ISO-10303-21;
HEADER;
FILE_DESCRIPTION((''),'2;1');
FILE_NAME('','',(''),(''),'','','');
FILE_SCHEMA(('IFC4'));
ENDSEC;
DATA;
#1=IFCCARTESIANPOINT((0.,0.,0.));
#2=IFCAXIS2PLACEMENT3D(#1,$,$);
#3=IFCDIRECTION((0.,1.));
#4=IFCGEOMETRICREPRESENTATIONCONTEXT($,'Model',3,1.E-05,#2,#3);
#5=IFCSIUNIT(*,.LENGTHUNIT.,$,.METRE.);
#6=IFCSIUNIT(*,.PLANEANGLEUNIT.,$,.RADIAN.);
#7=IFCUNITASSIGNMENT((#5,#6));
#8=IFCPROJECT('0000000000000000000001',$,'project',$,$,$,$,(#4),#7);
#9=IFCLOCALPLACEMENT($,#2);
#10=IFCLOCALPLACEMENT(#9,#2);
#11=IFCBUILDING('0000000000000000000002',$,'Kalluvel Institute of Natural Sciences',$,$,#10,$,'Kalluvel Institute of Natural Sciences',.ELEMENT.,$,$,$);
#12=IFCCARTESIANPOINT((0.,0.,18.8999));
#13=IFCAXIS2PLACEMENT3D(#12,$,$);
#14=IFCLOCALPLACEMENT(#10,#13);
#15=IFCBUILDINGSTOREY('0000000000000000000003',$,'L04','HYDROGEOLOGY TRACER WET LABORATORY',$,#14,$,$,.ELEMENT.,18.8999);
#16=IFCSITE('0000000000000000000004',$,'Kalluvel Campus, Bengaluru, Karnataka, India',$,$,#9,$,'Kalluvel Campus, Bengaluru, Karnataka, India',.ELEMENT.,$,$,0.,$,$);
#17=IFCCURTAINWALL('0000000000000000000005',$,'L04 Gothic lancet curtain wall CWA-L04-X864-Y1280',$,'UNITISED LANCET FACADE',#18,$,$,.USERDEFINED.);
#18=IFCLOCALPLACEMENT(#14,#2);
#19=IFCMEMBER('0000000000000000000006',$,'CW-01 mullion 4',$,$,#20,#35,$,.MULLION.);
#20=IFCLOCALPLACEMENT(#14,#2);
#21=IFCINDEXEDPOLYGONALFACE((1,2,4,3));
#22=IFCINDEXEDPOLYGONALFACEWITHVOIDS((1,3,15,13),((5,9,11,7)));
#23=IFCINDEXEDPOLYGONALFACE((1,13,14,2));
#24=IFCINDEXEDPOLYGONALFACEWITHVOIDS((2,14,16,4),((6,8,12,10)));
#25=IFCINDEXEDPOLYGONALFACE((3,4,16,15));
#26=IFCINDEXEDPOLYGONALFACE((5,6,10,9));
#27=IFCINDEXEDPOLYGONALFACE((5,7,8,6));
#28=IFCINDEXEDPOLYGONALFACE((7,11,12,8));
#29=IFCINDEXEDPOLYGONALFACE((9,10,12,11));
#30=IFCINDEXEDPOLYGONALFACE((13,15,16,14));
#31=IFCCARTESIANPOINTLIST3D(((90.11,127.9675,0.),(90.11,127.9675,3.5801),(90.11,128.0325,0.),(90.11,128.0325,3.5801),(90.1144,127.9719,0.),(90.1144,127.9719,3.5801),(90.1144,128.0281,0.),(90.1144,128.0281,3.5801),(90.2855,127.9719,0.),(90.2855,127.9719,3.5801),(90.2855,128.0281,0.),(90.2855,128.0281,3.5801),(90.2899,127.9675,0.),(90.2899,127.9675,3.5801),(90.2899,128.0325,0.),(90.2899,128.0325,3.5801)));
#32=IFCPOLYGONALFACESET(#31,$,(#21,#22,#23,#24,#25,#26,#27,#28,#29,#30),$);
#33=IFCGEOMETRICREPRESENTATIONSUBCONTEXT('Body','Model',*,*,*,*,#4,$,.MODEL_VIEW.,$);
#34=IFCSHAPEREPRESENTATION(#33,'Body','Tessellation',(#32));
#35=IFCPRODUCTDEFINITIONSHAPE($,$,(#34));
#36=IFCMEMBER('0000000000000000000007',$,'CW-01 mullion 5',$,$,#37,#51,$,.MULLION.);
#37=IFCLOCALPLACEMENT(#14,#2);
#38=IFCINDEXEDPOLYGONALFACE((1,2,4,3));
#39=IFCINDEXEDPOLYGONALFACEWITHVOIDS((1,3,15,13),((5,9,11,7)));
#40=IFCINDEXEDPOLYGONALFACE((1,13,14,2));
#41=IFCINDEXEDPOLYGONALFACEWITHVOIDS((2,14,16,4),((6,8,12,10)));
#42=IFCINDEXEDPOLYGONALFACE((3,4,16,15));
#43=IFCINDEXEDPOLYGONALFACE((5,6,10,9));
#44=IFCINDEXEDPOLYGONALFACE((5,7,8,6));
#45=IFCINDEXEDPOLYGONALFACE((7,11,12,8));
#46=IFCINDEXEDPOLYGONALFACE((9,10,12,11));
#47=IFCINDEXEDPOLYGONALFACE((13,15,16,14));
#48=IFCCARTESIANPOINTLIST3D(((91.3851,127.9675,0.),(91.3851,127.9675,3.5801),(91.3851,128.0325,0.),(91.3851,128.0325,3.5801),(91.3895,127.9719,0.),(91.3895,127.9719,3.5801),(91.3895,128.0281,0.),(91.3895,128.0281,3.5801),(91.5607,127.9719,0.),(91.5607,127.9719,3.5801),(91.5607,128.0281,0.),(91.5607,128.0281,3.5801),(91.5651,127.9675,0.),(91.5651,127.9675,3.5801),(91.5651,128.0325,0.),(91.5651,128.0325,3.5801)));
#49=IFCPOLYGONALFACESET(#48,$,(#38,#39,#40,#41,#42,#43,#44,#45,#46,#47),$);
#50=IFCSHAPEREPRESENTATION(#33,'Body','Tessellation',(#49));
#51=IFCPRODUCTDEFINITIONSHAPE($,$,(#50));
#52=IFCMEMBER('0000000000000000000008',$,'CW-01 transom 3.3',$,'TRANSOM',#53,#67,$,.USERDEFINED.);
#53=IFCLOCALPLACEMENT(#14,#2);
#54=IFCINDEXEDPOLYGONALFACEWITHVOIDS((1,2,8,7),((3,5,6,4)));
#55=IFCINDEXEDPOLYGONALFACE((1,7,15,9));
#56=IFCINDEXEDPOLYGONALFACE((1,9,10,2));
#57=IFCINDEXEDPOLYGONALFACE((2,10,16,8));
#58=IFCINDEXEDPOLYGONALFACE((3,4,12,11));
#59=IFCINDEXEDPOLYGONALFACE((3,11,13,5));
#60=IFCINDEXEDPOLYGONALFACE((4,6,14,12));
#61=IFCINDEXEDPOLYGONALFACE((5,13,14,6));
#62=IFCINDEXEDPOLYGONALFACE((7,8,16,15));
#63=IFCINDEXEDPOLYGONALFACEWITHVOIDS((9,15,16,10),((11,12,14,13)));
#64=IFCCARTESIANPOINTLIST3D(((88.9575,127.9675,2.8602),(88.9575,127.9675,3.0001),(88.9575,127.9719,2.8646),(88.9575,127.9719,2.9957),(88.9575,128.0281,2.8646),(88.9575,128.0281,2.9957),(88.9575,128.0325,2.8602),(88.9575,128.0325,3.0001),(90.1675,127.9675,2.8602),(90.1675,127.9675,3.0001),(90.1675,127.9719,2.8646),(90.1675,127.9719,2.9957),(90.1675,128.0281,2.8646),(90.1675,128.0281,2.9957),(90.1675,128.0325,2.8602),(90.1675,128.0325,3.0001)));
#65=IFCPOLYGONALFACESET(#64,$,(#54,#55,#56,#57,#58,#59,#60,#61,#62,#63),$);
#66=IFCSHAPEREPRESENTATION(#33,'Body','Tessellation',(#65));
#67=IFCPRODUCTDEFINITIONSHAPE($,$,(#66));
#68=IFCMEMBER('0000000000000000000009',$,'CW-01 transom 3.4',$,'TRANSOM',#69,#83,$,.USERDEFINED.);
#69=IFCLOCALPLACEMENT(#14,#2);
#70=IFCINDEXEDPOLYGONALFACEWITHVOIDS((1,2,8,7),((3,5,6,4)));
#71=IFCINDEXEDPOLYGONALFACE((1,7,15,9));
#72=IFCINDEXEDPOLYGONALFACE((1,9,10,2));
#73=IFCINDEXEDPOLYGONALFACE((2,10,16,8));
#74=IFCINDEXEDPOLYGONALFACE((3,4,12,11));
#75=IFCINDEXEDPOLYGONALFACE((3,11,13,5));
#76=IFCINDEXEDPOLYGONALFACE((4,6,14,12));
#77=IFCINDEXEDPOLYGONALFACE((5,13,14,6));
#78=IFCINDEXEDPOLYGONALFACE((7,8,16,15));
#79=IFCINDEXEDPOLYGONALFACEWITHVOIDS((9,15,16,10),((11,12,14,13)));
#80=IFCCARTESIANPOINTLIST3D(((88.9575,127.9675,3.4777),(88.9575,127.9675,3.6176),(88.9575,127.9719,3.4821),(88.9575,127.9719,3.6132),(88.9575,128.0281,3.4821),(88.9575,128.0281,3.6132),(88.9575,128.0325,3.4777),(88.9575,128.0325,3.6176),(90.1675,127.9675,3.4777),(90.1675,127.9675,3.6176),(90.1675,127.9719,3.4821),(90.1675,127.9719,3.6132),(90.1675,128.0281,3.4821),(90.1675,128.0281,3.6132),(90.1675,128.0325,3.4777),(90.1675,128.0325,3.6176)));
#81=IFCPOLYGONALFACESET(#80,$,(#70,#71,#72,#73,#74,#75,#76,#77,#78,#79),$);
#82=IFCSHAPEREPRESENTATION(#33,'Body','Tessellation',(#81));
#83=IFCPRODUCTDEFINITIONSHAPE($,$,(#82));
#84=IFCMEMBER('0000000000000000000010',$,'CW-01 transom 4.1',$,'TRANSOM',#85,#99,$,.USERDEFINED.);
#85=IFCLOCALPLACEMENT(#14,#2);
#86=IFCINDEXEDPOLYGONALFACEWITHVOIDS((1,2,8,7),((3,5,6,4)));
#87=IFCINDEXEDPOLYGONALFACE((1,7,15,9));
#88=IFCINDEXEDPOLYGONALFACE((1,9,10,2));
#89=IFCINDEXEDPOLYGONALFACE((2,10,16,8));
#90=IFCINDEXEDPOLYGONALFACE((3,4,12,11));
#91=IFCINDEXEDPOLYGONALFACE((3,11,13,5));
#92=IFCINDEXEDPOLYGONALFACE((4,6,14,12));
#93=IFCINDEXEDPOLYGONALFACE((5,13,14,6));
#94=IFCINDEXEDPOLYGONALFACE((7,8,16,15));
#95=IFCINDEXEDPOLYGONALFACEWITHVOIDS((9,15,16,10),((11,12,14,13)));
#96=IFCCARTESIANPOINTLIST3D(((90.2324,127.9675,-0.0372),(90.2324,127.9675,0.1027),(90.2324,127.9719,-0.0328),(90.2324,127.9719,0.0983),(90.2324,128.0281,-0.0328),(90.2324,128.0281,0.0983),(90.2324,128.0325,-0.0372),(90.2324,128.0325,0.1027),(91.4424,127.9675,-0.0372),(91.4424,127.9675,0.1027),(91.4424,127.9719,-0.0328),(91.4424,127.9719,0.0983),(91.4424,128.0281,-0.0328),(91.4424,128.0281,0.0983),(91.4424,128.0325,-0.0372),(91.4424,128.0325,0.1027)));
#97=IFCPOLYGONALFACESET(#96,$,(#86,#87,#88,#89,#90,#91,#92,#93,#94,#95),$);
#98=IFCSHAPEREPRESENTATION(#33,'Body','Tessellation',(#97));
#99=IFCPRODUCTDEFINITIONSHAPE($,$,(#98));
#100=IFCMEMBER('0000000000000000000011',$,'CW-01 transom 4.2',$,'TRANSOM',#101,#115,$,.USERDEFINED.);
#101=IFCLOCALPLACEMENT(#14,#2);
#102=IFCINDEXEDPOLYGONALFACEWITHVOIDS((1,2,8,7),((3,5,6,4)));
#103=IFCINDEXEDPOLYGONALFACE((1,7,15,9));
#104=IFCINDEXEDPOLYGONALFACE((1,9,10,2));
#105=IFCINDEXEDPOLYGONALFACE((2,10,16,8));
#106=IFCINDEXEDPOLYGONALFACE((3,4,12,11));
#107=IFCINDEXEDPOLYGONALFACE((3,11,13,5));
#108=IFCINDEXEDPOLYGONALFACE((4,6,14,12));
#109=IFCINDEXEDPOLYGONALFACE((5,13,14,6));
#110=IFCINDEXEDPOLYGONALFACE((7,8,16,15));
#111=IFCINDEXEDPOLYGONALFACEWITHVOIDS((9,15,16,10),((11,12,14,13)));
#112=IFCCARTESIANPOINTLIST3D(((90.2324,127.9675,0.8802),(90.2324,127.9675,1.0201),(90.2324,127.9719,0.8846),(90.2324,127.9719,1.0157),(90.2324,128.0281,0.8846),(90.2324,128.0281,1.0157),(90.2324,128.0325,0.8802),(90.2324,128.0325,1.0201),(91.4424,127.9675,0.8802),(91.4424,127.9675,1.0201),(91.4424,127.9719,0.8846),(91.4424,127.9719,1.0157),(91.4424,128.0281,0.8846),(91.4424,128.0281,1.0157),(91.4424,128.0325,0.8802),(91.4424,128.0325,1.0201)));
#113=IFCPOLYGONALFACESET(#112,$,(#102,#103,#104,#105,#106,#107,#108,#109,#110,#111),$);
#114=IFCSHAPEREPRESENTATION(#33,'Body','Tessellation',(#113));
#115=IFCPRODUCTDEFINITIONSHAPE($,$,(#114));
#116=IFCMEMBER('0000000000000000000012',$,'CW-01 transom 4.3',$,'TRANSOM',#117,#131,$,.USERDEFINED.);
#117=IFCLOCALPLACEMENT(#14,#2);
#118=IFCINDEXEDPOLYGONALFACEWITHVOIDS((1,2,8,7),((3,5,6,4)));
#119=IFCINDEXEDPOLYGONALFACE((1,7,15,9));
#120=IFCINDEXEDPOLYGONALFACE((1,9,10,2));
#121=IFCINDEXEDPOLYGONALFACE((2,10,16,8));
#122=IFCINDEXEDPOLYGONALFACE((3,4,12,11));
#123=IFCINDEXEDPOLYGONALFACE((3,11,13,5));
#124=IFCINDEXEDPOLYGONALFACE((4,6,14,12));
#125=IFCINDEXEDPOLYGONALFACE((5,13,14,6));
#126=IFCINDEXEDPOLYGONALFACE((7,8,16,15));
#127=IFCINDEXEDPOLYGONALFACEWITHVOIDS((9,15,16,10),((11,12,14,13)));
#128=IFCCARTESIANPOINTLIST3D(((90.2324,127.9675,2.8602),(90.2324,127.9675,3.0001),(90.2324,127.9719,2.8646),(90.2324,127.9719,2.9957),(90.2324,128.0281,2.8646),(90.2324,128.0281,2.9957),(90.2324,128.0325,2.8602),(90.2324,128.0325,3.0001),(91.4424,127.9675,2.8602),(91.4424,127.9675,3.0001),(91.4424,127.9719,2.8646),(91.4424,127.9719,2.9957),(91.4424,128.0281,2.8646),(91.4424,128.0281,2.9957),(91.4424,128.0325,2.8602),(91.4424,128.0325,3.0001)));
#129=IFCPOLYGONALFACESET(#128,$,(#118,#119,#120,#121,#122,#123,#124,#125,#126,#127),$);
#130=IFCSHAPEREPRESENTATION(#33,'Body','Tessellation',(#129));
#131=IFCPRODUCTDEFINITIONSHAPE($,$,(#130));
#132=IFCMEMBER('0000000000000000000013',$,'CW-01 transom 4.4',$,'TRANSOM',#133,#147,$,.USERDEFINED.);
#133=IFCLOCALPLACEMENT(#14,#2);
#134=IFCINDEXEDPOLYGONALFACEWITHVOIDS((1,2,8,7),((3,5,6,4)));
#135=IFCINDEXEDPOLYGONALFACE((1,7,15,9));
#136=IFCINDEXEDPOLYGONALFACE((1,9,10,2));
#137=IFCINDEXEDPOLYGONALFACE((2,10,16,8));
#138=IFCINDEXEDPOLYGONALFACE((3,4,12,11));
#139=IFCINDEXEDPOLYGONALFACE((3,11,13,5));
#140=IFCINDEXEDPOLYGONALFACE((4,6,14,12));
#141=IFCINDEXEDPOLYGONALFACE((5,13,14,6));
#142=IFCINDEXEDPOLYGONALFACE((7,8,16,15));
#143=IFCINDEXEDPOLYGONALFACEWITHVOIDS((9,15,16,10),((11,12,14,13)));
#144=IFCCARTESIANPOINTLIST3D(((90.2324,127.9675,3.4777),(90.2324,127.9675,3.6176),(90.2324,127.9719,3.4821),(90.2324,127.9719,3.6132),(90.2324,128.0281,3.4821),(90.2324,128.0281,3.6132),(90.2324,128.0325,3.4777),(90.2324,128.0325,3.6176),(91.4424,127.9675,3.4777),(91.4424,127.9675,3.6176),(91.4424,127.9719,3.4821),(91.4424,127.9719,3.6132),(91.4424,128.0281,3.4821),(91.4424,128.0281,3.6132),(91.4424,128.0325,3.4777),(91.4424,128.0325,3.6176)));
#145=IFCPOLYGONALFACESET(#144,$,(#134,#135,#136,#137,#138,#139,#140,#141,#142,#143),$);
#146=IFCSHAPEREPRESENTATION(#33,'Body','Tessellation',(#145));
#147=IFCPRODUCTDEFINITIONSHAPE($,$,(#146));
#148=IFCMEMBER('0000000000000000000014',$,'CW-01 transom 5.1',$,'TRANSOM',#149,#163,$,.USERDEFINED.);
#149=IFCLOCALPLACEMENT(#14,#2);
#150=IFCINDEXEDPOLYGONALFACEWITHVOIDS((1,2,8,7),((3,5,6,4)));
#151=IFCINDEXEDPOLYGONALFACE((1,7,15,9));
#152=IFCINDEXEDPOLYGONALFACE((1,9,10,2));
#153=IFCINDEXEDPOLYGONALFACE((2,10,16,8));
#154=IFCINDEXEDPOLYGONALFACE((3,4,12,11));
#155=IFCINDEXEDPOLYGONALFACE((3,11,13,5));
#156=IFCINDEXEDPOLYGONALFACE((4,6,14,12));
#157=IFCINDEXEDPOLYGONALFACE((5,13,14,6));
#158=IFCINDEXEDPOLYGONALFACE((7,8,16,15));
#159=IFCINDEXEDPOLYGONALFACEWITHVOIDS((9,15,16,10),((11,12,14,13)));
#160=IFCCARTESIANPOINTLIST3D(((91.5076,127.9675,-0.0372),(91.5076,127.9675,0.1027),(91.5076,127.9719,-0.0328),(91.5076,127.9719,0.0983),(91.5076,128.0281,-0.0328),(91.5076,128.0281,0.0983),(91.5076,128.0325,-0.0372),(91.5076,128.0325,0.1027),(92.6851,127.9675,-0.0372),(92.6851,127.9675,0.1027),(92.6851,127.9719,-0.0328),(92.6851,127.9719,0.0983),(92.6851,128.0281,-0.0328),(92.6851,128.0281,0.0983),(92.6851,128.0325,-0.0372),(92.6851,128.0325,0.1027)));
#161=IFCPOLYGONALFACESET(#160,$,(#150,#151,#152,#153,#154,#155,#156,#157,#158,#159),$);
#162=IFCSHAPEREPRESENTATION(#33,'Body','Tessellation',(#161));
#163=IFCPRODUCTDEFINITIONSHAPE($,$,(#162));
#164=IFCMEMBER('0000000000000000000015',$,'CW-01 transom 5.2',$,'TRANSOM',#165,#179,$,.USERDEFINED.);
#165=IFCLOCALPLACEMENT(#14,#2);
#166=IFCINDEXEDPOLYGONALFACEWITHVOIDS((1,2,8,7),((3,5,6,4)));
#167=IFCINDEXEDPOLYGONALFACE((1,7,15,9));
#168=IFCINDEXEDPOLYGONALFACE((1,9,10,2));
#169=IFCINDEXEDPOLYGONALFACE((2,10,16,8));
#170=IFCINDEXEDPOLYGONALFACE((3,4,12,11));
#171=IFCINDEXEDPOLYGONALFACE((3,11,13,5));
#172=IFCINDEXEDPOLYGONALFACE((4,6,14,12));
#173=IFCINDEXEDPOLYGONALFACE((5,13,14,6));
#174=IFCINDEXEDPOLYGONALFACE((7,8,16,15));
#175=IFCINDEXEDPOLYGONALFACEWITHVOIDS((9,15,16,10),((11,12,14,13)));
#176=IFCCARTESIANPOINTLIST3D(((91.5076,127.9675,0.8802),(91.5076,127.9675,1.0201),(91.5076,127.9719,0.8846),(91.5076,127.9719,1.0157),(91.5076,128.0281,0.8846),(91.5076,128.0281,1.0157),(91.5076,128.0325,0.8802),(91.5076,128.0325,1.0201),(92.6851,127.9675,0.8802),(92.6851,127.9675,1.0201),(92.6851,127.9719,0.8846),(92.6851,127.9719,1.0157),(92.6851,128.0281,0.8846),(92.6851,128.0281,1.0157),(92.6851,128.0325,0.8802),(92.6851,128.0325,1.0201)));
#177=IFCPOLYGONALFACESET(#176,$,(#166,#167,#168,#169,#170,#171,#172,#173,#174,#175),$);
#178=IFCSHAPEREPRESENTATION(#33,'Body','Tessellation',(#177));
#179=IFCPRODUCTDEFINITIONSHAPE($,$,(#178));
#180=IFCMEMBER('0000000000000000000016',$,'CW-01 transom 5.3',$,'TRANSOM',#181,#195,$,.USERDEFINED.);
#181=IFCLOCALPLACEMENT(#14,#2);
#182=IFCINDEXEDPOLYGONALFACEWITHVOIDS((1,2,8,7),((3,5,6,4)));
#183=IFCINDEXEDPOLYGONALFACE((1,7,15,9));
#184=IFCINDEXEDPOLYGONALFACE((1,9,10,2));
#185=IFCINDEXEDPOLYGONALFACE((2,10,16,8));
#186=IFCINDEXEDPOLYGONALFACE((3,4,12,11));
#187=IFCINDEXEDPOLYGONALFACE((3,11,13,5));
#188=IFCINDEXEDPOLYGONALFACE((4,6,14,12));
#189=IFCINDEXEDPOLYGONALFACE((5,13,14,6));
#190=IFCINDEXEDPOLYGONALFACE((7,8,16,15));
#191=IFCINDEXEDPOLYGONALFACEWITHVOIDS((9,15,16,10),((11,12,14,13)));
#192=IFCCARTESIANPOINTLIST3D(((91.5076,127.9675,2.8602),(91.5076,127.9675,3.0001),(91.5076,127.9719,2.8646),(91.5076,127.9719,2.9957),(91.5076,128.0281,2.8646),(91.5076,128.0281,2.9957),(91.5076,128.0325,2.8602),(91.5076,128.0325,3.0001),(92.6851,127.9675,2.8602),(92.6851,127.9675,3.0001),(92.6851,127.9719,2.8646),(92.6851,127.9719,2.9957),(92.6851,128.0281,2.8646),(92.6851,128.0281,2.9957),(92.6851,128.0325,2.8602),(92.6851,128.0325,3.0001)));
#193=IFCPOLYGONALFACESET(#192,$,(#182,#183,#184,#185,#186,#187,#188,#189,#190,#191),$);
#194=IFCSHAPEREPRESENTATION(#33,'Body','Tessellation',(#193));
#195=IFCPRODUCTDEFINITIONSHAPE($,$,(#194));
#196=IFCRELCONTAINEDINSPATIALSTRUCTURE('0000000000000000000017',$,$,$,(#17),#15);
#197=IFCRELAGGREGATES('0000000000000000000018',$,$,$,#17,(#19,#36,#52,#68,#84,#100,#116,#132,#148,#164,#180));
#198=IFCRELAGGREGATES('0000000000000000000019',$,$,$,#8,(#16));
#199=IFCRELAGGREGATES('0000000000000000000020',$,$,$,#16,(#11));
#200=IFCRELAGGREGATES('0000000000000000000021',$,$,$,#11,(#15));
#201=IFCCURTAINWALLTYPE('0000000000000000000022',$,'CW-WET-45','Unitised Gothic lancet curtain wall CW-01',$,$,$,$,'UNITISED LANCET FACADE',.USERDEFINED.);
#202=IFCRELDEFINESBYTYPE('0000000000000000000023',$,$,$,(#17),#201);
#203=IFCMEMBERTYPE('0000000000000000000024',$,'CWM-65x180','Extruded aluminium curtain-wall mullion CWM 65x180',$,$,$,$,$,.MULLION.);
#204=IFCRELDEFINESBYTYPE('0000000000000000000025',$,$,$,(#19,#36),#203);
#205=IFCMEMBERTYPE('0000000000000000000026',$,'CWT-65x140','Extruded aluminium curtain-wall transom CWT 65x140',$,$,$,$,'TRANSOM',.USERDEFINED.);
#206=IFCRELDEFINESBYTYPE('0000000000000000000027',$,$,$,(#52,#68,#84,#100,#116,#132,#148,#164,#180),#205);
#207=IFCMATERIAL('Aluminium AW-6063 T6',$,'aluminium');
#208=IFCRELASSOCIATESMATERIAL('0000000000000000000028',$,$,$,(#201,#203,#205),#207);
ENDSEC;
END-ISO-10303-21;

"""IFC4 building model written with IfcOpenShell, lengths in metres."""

from ifc_helpers import new_model, si_unit, direction, frame, origin, origin_2d, place, context, subcontext, project, spatial, hollow_rectangle, extrude, material, material_profile, profile_set, type_object, element, aggregate, save


model = new_model("IFC4")

# Units and contexts
model_context = context("Model", 3, precision=1e-05, world=origin(), true_north=direction((0.0, 1.0)))
body_context = subcontext(model_context, "Body", "Model", "MODEL_VIEW")
ifc_project = project(units=[si_unit("LENGTHUNIT", "METRE"), si_unit("PLANEANGLEUNIT", "RADIAN")], contexts=[model_context])

# Site, building, storey
site_placement = place(None, origin())
site = spatial("IfcSite", under=ifc_project, at=site_placement, Name="Kalluvel Campus, Bengaluru, Karnataka, India", LongName="Kalluvel Campus, Bengaluru, Karnataka, India", CompositionType="ELEMENT", RefElevation=0.0)
building_placement = place(site_placement, origin())
building = spatial("IfcBuilding", under=site, at=building_placement, Name="Kalluvel Institute of Natural Sciences", LongName="Kalluvel Institute of Natural Sciences", CompositionType="ELEMENT")
storey_placement = place(building_placement, frame((0.0, 0.0, 18.8999)))
storey = spatial("IfcBuildingStorey", under=building, at=storey_placement, Name="L04", Description="HYDROGEOLOGY TRACER WET LABORATORY", CompositionType="ELEMENT", Elevation=18.8999)

# Curtain wall, members
ifc_material_1 = material(Name="Aluminium AW-6063 T6", Category="aluminium")
curtain_wall_type = type_object("IfcCurtainWallType", Name="CW-WET-45", Description="Unitised Gothic lancet curtain wall CW-01", ElementType="UNITISED LANCET FACADE", PredefinedType="USERDEFINED", material=ifc_material_1)
curtain_wall_placement = place(storey_placement, origin())
curtain_wall = element("IfcCurtainWall", 1, at=curtain_wall_placement, inside=storey, type_object=curtain_wall_type, Name="L04 Gothic lancet curtain wall CWA-L04-X864-Y1280", ObjectType="UNITISED LANCET FACADE", PredefinedType="USERDEFINED")
ifc_material_profile_1 = material_profile(ifc_material_1, hollow_rectangle(XDim=0.0649, YDim=0.1799, WallThickness=0.0044, at=origin_2d()), Name="CWM 65x180")
ifc_profile_set_1 = profile_set([ifc_material_profile_1], Name="Aluminium AW-6063 T6")
member_type_1 = type_object("IfcMemberType", Name="CWM-65x180", Description="Extruded aluminium curtain-wall mullion CWM 65x180", PredefinedType="MULLION", material=ifc_profile_set_1)
member_1_placement = place(storey_placement, frame((90.2, 128.0, 0.0), z_axis=(0.0, 0.0, 1.0), x_axis=(0.0, 1.0, 0.0)))
member_1 = element("IfcMember", 2, at=member_1_placement, type_object=member_type_1, Name="CW-01 mullion 4", PredefinedType="MULLION", context=body_context, shape_type="SweptSolid", body=[
    extrude(hollow_rectangle(XDim=0.0649, YDim=0.1799, WallThickness=0.0044, at=origin_2d()), origin(), (0.0, 0.0, 1.0), 3.5801),
])
member_2_placement = place(storey_placement, frame((91.4751, 128.0, 0.0), z_axis=(0.0, 0.0, 1.0), x_axis=(0.0, 1.0, 0.0)))
member_2 = element("IfcMember", 3, at=member_2_placement, type_object=member_type_1, Name="CW-01 mullion 5", PredefinedType="MULLION", context=body_context, shape_type="SweptSolid", body=[
    extrude(hollow_rectangle(XDim=0.0649, YDim=0.1799, WallThickness=0.0044, at=origin_2d()), origin(), (0.0, 0.0, 1.0), 3.5801),
])
ifc_material_profile_2 = material_profile(ifc_material_1, hollow_rectangle(XDim=0.0649, YDim=0.1399, WallThickness=0.0044, at=origin_2d()), Name="CWT 65x140")
ifc_profile_set_2 = profile_set([ifc_material_profile_2], Name="Aluminium AW-6063 T6")
member_type_2 = type_object("IfcMemberType", Name="CWT-65x140", Description="Extruded aluminium curtain-wall transom CWT 65x140", ElementType="TRANSOM", PredefinedType="USERDEFINED", material=ifc_profile_set_2)
member_3_placement = place(storey_placement, frame((88.9575, 128.0, 2.9302), z_axis=(1.0, 0.0, 0.0), x_axis=(0.0, 1.0, 0.0)))
member_3 = element("IfcMember", 4, at=member_3_placement, type_object=member_type_2, Name="CW-01 transom 3.3", ObjectType="TRANSOM", PredefinedType="USERDEFINED", context=body_context, shape_type="SweptSolid", body=[
    extrude(hollow_rectangle(XDim=0.0649, YDim=0.1399, WallThickness=0.0044, at=origin_2d()), origin(), (0.0, 0.0, 1.0), 1.21),
])
member_4_placement = place(storey_placement, frame((88.9575, 128.0, 3.5476), z_axis=(1.0, 0.0, 0.0), x_axis=(0.0, 1.0, 0.0)))
member_4 = element("IfcMember", 5, at=member_4_placement, type_object=member_type_2, Name="CW-01 transom 3.4", ObjectType="TRANSOM", PredefinedType="USERDEFINED", context=body_context, shape_type="SweptSolid", body=[
    extrude(hollow_rectangle(XDim=0.0649, YDim=0.1399, WallThickness=0.0044, at=origin_2d()), origin(), (0.0, 0.0, 1.0), 1.21),
])
member_5_placement = place(storey_placement, frame((90.2324, 128.0, 0.0327), z_axis=(1.0, 0.0, 0.0), x_axis=(0.0, 1.0, 0.0)))
member_5 = element("IfcMember", 6, at=member_5_placement, type_object=member_type_2, Name="CW-01 transom 4.1", ObjectType="TRANSOM", PredefinedType="USERDEFINED", context=body_context, shape_type="SweptSolid", body=[
    extrude(hollow_rectangle(XDim=0.0649, YDim=0.1399, WallThickness=0.0044, at=origin_2d()), origin(), (0.0, 0.0, 1.0), 1.21),
])
member_6_placement = place(storey_placement, frame((90.2324, 128.0, 0.9502), z_axis=(1.0, 0.0, 0.0), x_axis=(0.0, 1.0, 0.0)))
member_6 = element("IfcMember", 7, at=member_6_placement, type_object=member_type_2, Name="CW-01 transom 4.2", ObjectType="TRANSOM", PredefinedType="USERDEFINED", context=body_context, shape_type="SweptSolid", body=[
    extrude(hollow_rectangle(XDim=0.0649, YDim=0.1399, WallThickness=0.0044, at=origin_2d()), origin(), (0.0, 0.0, 1.0), 1.21),
])
member_7_placement = place(storey_placement, frame((90.2324, 128.0, 2.9302), z_axis=(1.0, 0.0, 0.0), x_axis=(0.0, 1.0, 0.0)))
member_7 = element("IfcMember", 8, at=member_7_placement, type_object=member_type_2, Name="CW-01 transom 4.3", ObjectType="TRANSOM", PredefinedType="USERDEFINED", context=body_context, shape_type="SweptSolid", body=[
    extrude(hollow_rectangle(XDim=0.0649, YDim=0.1399, WallThickness=0.0044, at=origin_2d()), origin(), (0.0, 0.0, 1.0), 1.21),
])
member_8_placement = place(storey_placement, frame((90.2324, 128.0, 3.5476), z_axis=(1.0, 0.0, 0.0), x_axis=(0.0, 1.0, 0.0)))
member_8 = element("IfcMember", 9, at=member_8_placement, type_object=member_type_2, Name="CW-01 transom 4.4", ObjectType="TRANSOM", PredefinedType="USERDEFINED", context=body_context, shape_type="SweptSolid", body=[
    extrude(hollow_rectangle(XDim=0.0649, YDim=0.1399, WallThickness=0.0044, at=origin_2d()), origin(), (0.0, 0.0, 1.0), 1.21),
])
member_9_placement = place(storey_placement, frame((91.5076, 128.0, 0.0327), z_axis=(1.0, 0.0, 0.0), x_axis=(0.0, 1.0, 0.0)))
member_9 = element("IfcMember", 10, at=member_9_placement, type_object=member_type_2, Name="CW-01 transom 5.1", ObjectType="TRANSOM", PredefinedType="USERDEFINED", context=body_context, shape_type="SweptSolid", body=[
    extrude(hollow_rectangle(XDim=0.0649, YDim=0.1399, WallThickness=0.0044, at=origin_2d()), origin(), (0.0, 0.0, 1.0), 1.1775),
])
member_10_placement = place(storey_placement, frame((91.5076, 128.0, 0.9502), z_axis=(1.0, 0.0, 0.0), x_axis=(0.0, 1.0, 0.0)))
member_10 = element("IfcMember", 11, at=member_10_placement, type_object=member_type_2, Name="CW-01 transom 5.2", ObjectType="TRANSOM", PredefinedType="USERDEFINED", context=body_context, shape_type="SweptSolid", body=[
    extrude(hollow_rectangle(XDim=0.0649, YDim=0.1399, WallThickness=0.0044, at=origin_2d()), origin(), (0.0, 0.0, 1.0), 1.1775),
])
member_11_placement = place(storey_placement, frame((91.5076, 128.0, 2.9302), z_axis=(1.0, 0.0, 0.0), x_axis=(0.0, 1.0, 0.0)))
member_11 = element("IfcMember", 12, at=member_11_placement, type_object=member_type_2, Name="CW-01 transom 5.3", ObjectType="TRANSOM", PredefinedType="USERDEFINED", context=body_context, shape_type="SweptSolid", body=[
    extrude(hollow_rectangle(XDim=0.0649, YDim=0.1399, WallThickness=0.0044, at=origin_2d()), origin(), (0.0, 0.0, 1.0), 1.1775),
])
aggregate(curtain_wall, [member_1, member_2, member_3, member_4, member_5, member_6, member_7, member_8, member_9, member_10, member_11])

save(model, "model.ifc")
